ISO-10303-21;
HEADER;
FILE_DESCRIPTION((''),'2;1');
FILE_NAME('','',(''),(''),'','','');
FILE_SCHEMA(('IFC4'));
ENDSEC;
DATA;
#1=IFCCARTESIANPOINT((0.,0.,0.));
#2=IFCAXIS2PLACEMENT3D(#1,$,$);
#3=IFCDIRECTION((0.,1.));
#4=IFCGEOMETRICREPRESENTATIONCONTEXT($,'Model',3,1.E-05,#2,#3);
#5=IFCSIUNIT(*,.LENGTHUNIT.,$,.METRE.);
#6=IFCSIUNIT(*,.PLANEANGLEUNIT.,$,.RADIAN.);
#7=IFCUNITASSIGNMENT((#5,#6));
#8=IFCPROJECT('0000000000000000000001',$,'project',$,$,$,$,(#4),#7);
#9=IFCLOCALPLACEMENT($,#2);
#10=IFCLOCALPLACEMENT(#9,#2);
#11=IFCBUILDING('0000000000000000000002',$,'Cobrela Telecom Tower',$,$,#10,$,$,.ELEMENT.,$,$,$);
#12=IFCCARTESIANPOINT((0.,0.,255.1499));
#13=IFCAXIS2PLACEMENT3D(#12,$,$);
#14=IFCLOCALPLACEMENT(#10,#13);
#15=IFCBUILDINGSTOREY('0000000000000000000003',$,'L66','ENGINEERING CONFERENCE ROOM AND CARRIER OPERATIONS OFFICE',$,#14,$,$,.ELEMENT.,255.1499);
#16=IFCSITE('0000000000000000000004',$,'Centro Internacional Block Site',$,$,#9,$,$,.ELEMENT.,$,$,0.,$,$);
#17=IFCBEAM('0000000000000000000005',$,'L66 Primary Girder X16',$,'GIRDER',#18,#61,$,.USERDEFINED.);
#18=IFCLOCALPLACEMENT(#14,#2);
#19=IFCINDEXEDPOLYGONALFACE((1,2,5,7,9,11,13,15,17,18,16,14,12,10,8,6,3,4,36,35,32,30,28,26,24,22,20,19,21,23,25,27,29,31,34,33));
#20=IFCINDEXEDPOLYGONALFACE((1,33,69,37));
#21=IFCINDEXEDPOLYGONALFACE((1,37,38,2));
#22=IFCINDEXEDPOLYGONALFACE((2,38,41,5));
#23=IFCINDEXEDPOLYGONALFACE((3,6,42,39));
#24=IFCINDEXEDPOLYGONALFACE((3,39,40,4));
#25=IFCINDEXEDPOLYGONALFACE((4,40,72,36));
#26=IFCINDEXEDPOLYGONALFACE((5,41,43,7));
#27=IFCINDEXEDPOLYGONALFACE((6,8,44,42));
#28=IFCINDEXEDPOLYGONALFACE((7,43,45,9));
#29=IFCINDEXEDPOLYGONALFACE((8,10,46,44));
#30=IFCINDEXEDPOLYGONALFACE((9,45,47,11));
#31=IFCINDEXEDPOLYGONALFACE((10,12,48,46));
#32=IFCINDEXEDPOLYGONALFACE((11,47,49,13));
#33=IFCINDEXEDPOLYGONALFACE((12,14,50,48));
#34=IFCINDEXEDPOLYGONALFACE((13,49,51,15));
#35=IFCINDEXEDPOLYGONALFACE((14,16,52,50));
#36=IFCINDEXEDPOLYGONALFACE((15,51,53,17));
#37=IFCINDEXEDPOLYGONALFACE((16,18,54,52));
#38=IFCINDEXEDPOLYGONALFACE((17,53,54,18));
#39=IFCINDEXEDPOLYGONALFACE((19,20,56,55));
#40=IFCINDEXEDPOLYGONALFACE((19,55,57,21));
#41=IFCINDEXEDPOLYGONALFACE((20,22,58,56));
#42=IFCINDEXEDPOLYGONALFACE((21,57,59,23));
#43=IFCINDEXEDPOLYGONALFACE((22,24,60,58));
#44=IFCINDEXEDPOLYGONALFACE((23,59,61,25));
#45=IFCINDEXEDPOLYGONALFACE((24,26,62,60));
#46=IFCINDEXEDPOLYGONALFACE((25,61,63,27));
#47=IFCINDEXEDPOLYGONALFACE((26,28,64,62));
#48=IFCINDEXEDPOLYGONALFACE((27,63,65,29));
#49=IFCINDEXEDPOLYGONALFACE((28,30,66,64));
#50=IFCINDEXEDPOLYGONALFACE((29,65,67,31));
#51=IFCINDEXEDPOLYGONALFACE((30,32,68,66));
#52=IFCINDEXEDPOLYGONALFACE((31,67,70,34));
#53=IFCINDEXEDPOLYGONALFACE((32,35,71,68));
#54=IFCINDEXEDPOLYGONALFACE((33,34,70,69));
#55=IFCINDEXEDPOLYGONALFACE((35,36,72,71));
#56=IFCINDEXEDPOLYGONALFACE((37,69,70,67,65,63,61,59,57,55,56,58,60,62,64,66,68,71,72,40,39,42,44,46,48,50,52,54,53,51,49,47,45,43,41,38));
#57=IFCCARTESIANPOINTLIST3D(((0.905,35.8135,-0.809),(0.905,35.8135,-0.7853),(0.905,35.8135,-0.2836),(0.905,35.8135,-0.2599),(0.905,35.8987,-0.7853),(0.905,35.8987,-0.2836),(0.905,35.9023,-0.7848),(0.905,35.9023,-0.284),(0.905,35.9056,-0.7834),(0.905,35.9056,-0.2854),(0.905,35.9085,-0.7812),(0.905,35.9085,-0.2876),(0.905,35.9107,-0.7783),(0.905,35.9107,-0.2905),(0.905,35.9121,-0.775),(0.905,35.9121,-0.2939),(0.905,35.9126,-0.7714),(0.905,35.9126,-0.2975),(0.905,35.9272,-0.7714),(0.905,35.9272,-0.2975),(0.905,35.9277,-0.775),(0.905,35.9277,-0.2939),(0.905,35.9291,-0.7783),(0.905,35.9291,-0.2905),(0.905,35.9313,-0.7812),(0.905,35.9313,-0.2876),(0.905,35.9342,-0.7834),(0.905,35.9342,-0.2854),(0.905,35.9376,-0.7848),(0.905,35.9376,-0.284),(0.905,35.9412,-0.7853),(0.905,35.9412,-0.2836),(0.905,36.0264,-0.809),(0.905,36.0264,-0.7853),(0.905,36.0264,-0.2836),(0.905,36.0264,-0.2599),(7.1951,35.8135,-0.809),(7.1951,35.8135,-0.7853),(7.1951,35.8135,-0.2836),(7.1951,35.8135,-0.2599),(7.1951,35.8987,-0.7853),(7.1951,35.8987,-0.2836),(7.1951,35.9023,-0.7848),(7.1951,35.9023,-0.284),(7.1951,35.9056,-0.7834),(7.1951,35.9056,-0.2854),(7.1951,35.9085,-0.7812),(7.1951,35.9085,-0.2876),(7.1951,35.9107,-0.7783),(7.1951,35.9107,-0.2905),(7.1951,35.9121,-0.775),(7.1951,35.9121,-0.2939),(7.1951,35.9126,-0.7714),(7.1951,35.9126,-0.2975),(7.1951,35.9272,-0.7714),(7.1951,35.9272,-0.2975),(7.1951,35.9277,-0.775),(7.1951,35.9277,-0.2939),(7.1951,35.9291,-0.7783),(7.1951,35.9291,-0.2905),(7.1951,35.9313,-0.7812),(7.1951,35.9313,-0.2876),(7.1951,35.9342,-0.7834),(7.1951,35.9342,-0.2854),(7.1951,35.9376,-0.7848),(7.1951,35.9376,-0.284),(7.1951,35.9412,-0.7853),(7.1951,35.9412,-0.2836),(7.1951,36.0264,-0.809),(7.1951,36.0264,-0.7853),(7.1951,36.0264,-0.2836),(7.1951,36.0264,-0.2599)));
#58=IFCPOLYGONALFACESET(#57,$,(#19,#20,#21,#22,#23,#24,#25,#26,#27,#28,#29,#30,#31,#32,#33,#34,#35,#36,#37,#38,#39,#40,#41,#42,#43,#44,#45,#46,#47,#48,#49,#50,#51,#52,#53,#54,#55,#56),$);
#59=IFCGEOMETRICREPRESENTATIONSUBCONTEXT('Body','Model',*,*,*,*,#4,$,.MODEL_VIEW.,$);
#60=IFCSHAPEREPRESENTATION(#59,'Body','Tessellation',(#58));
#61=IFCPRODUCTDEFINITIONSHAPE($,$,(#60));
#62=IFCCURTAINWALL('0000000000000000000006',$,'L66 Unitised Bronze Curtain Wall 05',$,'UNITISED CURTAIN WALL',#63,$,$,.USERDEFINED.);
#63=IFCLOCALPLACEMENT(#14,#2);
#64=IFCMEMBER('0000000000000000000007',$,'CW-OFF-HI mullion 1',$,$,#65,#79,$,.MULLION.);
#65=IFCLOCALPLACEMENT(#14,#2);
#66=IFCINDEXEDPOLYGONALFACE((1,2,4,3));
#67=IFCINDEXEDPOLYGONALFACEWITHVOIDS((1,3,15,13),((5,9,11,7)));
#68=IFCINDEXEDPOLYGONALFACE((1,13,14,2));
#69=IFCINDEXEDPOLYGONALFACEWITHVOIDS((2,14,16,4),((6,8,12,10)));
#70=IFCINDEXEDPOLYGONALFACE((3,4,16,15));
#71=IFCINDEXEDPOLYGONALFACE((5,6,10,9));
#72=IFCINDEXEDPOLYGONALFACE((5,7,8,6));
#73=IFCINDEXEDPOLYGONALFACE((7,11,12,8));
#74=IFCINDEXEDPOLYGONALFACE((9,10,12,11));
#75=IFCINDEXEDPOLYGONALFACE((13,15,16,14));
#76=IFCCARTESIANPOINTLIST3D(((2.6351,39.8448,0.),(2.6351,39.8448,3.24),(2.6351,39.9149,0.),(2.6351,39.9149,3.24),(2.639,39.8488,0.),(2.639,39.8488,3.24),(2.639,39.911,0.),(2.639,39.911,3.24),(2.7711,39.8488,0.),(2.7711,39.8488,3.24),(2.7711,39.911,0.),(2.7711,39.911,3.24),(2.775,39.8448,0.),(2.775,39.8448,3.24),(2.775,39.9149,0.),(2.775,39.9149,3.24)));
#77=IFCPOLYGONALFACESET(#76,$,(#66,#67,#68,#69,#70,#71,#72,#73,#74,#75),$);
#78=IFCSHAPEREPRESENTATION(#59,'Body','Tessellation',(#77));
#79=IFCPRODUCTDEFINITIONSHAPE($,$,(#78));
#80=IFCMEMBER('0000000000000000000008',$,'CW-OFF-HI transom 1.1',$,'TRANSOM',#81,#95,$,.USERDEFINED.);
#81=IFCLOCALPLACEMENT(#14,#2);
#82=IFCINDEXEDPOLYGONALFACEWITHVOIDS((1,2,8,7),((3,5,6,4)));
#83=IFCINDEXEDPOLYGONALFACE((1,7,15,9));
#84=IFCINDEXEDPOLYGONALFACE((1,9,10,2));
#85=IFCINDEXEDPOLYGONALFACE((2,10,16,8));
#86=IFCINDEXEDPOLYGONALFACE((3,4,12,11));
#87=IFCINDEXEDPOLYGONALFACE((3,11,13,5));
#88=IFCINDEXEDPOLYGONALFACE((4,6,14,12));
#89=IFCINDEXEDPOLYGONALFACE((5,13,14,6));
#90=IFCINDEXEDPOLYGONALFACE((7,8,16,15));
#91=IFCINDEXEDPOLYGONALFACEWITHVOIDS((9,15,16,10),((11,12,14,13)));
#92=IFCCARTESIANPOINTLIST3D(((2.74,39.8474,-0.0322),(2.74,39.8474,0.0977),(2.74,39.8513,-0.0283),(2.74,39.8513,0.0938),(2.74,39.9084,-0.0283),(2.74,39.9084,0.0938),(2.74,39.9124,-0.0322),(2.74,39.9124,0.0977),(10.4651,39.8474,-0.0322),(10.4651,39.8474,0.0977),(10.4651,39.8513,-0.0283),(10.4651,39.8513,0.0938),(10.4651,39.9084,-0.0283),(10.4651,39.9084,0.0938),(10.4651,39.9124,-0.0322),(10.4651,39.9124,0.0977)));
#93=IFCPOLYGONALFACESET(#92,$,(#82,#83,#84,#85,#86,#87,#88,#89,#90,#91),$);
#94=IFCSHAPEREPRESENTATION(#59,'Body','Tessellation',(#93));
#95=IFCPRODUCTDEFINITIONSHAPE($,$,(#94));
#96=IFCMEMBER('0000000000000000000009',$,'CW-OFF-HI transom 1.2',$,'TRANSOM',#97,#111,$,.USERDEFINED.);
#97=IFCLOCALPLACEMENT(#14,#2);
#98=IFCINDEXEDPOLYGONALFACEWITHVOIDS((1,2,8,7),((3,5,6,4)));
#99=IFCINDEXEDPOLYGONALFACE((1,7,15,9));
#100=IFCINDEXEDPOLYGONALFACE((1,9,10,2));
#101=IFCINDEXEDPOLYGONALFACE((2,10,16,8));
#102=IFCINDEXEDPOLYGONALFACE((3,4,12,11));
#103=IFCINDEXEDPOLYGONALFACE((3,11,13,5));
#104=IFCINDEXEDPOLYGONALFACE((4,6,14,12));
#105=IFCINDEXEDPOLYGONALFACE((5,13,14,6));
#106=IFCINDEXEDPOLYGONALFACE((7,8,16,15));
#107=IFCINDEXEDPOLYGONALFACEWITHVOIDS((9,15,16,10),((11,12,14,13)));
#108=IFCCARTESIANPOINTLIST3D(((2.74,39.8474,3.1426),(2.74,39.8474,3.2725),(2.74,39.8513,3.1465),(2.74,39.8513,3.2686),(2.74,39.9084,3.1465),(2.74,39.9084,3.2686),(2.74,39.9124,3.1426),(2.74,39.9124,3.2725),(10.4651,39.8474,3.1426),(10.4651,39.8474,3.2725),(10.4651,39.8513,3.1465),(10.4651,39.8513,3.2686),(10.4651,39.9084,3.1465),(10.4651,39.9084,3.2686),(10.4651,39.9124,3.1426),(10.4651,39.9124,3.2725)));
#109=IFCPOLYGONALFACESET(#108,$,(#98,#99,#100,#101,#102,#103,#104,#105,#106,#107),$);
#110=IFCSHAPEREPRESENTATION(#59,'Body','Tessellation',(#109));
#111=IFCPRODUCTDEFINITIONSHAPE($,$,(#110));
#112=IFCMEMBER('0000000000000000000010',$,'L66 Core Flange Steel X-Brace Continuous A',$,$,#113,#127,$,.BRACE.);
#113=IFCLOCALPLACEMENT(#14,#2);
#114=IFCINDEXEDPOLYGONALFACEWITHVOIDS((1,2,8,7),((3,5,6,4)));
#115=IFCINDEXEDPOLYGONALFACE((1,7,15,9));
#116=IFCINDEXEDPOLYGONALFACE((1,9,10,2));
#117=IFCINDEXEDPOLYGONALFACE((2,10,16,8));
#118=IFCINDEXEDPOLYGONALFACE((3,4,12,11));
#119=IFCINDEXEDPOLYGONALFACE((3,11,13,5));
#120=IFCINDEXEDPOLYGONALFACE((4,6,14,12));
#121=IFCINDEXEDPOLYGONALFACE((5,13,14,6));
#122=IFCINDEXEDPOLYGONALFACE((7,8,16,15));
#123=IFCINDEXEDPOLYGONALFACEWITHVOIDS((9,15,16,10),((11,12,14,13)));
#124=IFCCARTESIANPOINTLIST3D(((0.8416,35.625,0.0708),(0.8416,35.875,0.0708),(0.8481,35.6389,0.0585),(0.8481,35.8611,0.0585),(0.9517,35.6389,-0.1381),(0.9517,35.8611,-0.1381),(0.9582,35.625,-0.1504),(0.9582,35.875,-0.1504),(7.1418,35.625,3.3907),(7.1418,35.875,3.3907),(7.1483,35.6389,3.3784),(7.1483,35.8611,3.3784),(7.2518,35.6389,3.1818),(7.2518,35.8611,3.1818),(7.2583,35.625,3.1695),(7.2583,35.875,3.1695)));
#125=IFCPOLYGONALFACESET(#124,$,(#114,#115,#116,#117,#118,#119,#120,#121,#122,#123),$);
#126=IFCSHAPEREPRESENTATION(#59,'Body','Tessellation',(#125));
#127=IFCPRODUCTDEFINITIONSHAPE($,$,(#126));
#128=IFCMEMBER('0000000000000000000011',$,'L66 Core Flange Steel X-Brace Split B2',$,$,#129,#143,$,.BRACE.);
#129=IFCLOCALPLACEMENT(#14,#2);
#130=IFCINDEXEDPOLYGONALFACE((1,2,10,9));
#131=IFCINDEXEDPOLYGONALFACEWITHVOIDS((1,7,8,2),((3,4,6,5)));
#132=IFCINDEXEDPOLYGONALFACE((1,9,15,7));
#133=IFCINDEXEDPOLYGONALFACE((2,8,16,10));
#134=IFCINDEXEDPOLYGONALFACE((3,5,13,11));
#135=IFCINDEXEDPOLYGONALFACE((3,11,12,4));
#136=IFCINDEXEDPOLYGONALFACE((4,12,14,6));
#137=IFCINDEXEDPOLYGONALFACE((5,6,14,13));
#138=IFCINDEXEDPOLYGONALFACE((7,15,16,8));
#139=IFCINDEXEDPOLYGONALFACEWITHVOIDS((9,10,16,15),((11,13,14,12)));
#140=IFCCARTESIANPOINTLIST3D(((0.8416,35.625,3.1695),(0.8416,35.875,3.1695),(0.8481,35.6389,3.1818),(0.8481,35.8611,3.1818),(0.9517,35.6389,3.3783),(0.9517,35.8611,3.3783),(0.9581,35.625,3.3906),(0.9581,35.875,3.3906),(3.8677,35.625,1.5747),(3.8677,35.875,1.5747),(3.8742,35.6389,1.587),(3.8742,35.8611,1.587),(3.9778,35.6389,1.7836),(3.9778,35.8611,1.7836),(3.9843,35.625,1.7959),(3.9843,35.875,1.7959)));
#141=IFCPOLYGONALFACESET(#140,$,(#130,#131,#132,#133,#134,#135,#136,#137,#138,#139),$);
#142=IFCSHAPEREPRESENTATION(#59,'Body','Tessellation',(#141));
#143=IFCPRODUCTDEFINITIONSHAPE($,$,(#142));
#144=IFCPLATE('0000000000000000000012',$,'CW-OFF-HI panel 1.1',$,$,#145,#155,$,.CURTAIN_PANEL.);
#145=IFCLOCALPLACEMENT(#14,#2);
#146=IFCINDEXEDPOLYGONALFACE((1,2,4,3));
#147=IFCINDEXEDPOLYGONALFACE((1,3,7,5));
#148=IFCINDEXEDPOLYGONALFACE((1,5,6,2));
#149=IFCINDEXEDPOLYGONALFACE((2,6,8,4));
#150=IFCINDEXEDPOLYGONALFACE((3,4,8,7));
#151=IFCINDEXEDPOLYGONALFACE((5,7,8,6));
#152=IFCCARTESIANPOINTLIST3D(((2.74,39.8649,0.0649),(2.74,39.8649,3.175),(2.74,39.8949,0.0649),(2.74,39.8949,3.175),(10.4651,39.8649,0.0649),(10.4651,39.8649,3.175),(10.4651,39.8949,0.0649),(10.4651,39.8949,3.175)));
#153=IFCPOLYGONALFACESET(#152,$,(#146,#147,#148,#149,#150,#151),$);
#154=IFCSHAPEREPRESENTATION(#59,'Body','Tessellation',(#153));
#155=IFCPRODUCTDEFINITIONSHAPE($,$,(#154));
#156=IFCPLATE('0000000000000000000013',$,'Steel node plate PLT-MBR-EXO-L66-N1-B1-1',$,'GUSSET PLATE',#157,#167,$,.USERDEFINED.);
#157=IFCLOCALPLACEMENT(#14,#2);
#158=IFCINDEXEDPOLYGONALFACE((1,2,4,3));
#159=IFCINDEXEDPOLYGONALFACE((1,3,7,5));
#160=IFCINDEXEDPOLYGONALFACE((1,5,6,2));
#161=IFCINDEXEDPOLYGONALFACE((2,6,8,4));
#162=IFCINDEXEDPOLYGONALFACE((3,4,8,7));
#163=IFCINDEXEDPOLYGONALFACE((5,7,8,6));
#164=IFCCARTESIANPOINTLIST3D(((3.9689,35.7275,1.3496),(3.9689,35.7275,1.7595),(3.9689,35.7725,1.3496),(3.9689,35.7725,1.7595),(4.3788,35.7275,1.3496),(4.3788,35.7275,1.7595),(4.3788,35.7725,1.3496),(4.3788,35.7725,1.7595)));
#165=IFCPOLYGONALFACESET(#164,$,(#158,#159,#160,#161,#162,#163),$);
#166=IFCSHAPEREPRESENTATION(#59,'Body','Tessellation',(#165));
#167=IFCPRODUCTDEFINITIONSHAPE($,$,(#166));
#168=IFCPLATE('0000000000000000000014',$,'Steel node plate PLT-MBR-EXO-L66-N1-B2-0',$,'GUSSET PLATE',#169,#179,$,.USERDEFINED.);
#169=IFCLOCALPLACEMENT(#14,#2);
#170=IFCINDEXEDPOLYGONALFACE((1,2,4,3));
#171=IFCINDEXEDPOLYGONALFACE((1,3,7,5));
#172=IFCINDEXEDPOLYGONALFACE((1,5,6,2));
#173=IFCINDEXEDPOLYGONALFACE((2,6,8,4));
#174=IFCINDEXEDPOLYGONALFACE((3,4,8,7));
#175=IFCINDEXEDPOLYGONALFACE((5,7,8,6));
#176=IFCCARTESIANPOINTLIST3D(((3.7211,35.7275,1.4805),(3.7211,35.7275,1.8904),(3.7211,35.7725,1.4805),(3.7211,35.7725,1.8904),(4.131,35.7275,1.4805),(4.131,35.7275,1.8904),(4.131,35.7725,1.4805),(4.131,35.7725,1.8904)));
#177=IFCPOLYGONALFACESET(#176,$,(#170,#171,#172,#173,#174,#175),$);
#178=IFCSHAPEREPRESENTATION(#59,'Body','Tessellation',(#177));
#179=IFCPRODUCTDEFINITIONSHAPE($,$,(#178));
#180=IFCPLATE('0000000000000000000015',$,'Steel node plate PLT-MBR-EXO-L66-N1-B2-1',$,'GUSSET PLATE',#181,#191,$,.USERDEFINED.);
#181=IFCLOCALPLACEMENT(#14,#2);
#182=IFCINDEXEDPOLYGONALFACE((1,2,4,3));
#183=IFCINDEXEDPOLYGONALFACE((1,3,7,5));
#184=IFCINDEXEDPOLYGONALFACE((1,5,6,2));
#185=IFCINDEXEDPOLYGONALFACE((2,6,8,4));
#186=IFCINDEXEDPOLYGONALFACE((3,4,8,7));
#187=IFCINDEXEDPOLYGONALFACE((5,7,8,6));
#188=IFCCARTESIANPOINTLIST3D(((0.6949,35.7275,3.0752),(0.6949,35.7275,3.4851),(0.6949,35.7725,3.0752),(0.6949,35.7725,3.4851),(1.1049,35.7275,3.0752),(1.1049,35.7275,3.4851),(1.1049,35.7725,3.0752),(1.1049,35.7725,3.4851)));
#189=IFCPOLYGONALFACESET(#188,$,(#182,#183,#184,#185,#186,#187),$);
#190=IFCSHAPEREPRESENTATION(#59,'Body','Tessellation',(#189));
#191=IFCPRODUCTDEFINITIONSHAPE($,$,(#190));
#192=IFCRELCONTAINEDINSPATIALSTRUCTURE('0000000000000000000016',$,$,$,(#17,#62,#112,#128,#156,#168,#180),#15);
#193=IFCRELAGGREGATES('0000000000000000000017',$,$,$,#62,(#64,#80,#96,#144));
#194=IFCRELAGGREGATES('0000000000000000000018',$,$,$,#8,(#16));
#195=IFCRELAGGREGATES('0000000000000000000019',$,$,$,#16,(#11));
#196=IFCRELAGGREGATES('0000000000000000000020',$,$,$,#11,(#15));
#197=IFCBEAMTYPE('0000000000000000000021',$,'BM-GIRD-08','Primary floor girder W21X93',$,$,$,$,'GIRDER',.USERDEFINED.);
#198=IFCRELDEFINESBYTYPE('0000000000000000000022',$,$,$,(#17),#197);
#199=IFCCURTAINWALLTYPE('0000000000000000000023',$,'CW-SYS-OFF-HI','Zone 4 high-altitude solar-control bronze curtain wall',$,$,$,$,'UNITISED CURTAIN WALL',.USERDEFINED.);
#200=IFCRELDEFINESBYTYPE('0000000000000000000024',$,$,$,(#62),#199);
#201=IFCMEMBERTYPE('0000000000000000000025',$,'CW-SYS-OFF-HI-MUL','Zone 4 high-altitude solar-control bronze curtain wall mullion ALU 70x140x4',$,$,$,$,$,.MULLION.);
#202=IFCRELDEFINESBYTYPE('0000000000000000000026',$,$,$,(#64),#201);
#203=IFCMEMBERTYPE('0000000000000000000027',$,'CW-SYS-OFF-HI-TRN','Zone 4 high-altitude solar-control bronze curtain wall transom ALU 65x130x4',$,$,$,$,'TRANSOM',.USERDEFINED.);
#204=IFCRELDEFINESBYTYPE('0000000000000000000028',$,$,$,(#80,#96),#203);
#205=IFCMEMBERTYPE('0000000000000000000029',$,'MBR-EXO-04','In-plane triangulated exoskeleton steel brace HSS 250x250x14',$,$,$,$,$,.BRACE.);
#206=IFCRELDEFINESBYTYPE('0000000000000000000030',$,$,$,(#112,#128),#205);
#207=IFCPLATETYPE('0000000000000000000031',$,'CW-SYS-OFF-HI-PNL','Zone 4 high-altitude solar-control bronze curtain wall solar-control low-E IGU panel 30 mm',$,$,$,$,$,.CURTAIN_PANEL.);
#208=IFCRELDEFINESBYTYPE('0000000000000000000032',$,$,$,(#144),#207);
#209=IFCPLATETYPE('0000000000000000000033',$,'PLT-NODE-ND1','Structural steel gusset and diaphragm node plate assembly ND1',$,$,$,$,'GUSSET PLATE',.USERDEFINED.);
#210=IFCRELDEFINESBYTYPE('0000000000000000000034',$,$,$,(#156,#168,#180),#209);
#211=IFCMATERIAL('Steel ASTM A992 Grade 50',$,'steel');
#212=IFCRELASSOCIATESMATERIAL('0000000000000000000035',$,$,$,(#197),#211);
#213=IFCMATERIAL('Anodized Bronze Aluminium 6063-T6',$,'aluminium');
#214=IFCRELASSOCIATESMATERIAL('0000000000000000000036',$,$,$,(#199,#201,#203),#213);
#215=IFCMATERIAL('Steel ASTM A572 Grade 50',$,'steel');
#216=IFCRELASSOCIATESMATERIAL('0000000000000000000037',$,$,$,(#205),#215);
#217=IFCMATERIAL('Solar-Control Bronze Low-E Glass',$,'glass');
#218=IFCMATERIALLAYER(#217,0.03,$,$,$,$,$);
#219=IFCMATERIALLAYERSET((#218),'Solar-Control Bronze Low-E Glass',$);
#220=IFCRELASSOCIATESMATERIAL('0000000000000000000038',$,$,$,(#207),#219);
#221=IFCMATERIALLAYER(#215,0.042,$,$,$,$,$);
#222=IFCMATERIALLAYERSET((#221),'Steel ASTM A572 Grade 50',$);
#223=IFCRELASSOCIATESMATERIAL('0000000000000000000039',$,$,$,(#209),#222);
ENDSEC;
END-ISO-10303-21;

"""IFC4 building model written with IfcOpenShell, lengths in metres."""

from ifc_helpers import new_model, si_unit, direction, frame, origin, origin_2d, place, context, subcontext, project, spatial, rectangle, hollow_rectangle, i_section, extrude, material, layer, layer_set, material_profile, profile_set, type_object, element, aggregate, save


model = new_model("IFC4")

# Units and contexts
model_context = context("Model", 3, precision=1e-05, world=origin(), true_north=direction((0.0, 1.0)))
body_context = subcontext(model_context, "Body", "Model", "MODEL_VIEW")
ifc_project = project(units=[si_unit("LENGTHUNIT", "METRE"), si_unit("PLANEANGLEUNIT", "RADIAN")], contexts=[model_context])

# Site, building, storey
site_placement = place(None, origin())
site = spatial("IfcSite", under=ifc_project, at=site_placement, Name="Centro Internacional Block Site", CompositionType="ELEMENT", RefElevation=0.0)
building_placement = place(site_placement, origin())
building = spatial("IfcBuilding", under=site, at=building_placement, Name="Cobrela Telecom Tower", CompositionType="ELEMENT")
storey_placement = place(building_placement, frame((0.0, 0.0, 255.1499)))
storey = spatial("IfcBuildingStorey", under=building, at=storey_placement, Name="L66", Description="ENGINEERING CONFERENCE ROOM AND CARRIER OPERATIONS OFFICE", CompositionType="ELEMENT", Elevation=255.1499)

# Beam
ifc_material_1 = material(Name="Steel ASTM A992 Grade 50", Category="steel")
ifc_material_profile_1 = material_profile(ifc_material_1, i_section(OverallWidth=0.2129, OverallDepth=0.5491, WebThickness=0.0146, FlangeThickness=0.0237, FilletRadius=0.0139, at=origin_2d()), Name="W21X93")
ifc_profile_set_1 = profile_set([ifc_material_profile_1], Name="Steel ASTM A992 Grade 50")
beam_type = type_object("IfcBeamType", Name="BM-GIRD-08", Description="Primary floor girder W21X93", ElementType="GIRDER", PredefinedType="USERDEFINED", material=ifc_profile_set_1)
beam_placement = place(storey_placement, frame((0.905, 35.9199, -0.5344), z_axis=(1.0, 0.0, 0.0), x_axis=(0.0, 1.0, 0.0)))
element("IfcBeam", 1, at=beam_placement, inside=storey, type_object=beam_type, Name="L66 Primary Girder X16", ObjectType="GIRDER", PredefinedType="USERDEFINED", context=body_context, shape_type="SweptSolid", body=[
    extrude(i_section(OverallWidth=0.2129, OverallDepth=0.5491, WebThickness=0.0146, FlangeThickness=0.0237, FilletRadius=0.0139, at=origin_2d()), origin(), (0.0, 0.0, 1.0), 6.29),
])

# Curtain wall, members
ifc_material_2 = material(Name="Anodized Bronze Aluminium 6063-T6", Category="aluminium")
curtain_wall_type = type_object("IfcCurtainWallType", Name="CW-SYS-OFF-HI", Description="Zone 4 high-altitude solar-control bronze curtain wall", ElementType="UNITISED CURTAIN WALL", PredefinedType="USERDEFINED", material=ifc_material_2)
curtain_wall_placement = place(storey_placement, origin())
curtain_wall = element("IfcCurtainWall", 2, at=curtain_wall_placement, inside=storey, type_object=curtain_wall_type, Name="L66 Unitised Bronze Curtain Wall 05", ObjectType="UNITISED CURTAIN WALL", PredefinedType="USERDEFINED")
ifc_material_profile_2 = material_profile(ifc_material_2, hollow_rectangle(XDim=0.0701, YDim=0.1399, WallThickness=0.0039, at=origin_2d()), Name="ALU 70x140x4")
ifc_profile_set_2 = profile_set([ifc_material_profile_2], Name="Anodized Bronze Aluminium 6063-T6")
member_type_1 = type_object("IfcMemberType", Name="CW-SYS-OFF-HI-MUL", Description="Zone 4 high-altitude solar-control bronze curtain wall mullion ALU 70x140x4", PredefinedType="MULLION", material=ifc_profile_set_2)
member_1_placement = place(storey_placement, frame((2.7051, 39.8799, 0.0), z_axis=(0.0, 0.0, 1.0), x_axis=(0.0, 1.0, 0.0)))
member_1 = element("IfcMember", 3, at=member_1_placement, type_object=member_type_1, Name="CW-OFF-HI mullion 1", PredefinedType="MULLION", context=body_context, shape_type="SweptSolid", body=[
    extrude(hollow_rectangle(XDim=0.0701, YDim=0.1399, WallThickness=0.0039, at=origin_2d()), origin(), (0.0, 0.0, 1.0), 3.24),
])
ifc_material_profile_3 = material_profile(ifc_material_2, hollow_rectangle(XDim=0.0649, YDim=0.1299, WallThickness=0.0039, at=origin_2d()), Name="ALU 65x130x4")
ifc_profile_set_3 = profile_set([ifc_material_profile_3], Name="Anodized Bronze Aluminium 6063-T6")
member_type_2 = type_object("IfcMemberType", Name="CW-SYS-OFF-HI-TRN", Description="Zone 4 high-altitude solar-control bronze curtain wall transom ALU 65x130x4", ElementType="TRANSOM", PredefinedType="USERDEFINED", material=ifc_profile_set_3)
member_2_placement = place(storey_placement, frame((2.74, 39.8799, 0.0327), z_axis=(1.0, 0.0, 0.0), x_axis=(0.0, 1.0, 0.0)))
member_2 = element("IfcMember", 4, at=member_2_placement, type_object=member_type_2, Name="CW-OFF-HI transom 1.1", ObjectType="TRANSOM", PredefinedType="USERDEFINED", context=body_context, shape_type="SweptSolid", body=[
    extrude(hollow_rectangle(XDim=0.0649, YDim=0.1299, WallThickness=0.0039, at=origin_2d()), origin(), (0.0, 0.0, 1.0), 7.7251),
])
member_3_placement = place(storey_placement, frame((2.74, 39.8799, 3.2075), z_axis=(1.0, 0.0, 0.0), x_axis=(0.0, 1.0, 0.0)))
member_3 = element("IfcMember", 5, at=member_3_placement, type_object=member_type_2, Name="CW-OFF-HI transom 1.2", ObjectType="TRANSOM", PredefinedType="USERDEFINED", context=body_context, shape_type="SweptSolid", body=[
    extrude(hollow_rectangle(XDim=0.0649, YDim=0.1299, WallThickness=0.0039, at=origin_2d()), origin(), (0.0, 0.0, 1.0), 7.7251),
])

# Members
ifc_material_3 = material(Name="Steel ASTM A572 Grade 50", Category="steel")
ifc_material_profile_4 = material_profile(ifc_material_3, hollow_rectangle(XDim=0.25, YDim=0.25, WallThickness=0.0139, at=origin_2d()), Name="HSS 250x250x14")
ifc_profile_set_4 = profile_set([ifc_material_profile_4], Name="Steel ASTM A572 Grade 50")
member_type_3 = type_object("IfcMemberType", Name="MBR-EXO-04", Description="In-plane triangulated exoskeleton steel brace HSS 250x250x14", PredefinedType="BRACE", material=ifc_profile_set_4)
member_4_placement = place(storey_placement, frame((0.8999, 35.75, -0.0398), z_axis=(0.884686, 0.0, 0.466187), x_axis=(0.0, 1.0, 0.0)))
element("IfcMember", 6, at=member_4_placement, inside=storey, type_object=member_type_3, Name="L66 Core Flange Steel X-Brace Continuous A", PredefinedType="BRACE", context=body_context, shape_type="SweptSolid", body=[
    extrude(hollow_rectangle(XDim=0.25, YDim=0.25, WallThickness=0.0139, at=origin_2d()), origin(), (0.0, 0.0, 1.0), 7.1213),
])
member_5_placement = place(storey_placement, frame((3.926, 35.75, 1.6853), z_axis=(-0.884673, 0.0, 0.466211), x_axis=(0.0, -1.0, 0.0)))
element("IfcMember", 7, at=member_5_placement, inside=storey, type_object=member_type_3, Name="L66 Core Flange Steel X-Brace Split B2", PredefinedType="BRACE", context=body_context, shape_type="SweptSolid", body=[
    extrude(hollow_rectangle(XDim=0.25, YDim=0.25, WallThickness=0.0139, at=origin_2d()), origin(), (0.0, 0.0, 1.0), 3.4207),
])

# Plate
ifc_material_4 = material(Name="Solar-Control Bronze Low-E Glass", Category="glass")
ifc_layer_1 = layer(ifc_material_4, 0.03)
ifc_layer_set_1 = layer_set([ifc_layer_1], Name="Solar-Control Bronze Low-E Glass")
plate_type_1 = type_object("IfcPlateType", Name="CW-SYS-OFF-HI-PNL", Description="Zone 4 high-altitude solar-control bronze curtain wall solar-control low-E IGU panel 30 mm", PredefinedType="CURTAIN_PANEL", material=ifc_layer_set_1)
plate_1_placement = place(storey_placement, frame((6.6025, 39.8799, 0.0649), z_axis=(0.0, 0.0, 1.0), x_axis=(1.0, 0.0, 0.0)))
plate_1 = element("IfcPlate", 8, at=plate_1_placement, type_object=plate_type_1, Name="CW-OFF-HI panel 1.1", PredefinedType="CURTAIN_PANEL", context=body_context, shape_type="SweptSolid", body=[
    extrude(rectangle(XDim=7.7251, YDim=0.03, at=origin_2d()), origin(), (0.0, 0.0, 1.0), 3.1101),
])
aggregate(curtain_wall, [member_1, member_2, member_3, plate_1])

# Plates
ifc_layer_2 = layer(ifc_material_3, 0.042)
ifc_layer_set_2 = layer_set([ifc_layer_2], Name="Steel ASTM A572 Grade 50")
plate_type_2 = type_object("IfcPlateType", Name="PLT-NODE-ND1", Description="Structural steel gusset and diaphragm node plate assembly ND1", ElementType="GUSSET PLATE", PredefinedType="USERDEFINED", material=ifc_layer_set_2)
for number, where, z_axis, x_axis, name in (
    (9, (4.1738, 35.75, 1.3496), (0.0, 0.0, 1.0), (-1.0, 0.0, 0.0), "Steel node plate PLT-MBR-EXO-L66-N1-B1-1"),
    (10, (3.926, 35.75, 1.4805), (0.0, 0.0, 1.0), (-1.0, 0.0, 0.0), "Steel node plate PLT-MBR-EXO-L66-N1-B2-0"),
    (11, (0.8999, 35.75, 3.0752), (0.0, 0.0, 1.0), (-1.0, 0.0, 0.0), "Steel node plate PLT-MBR-EXO-L66-N1-B2-1"),
):
    element("IfcPlate", number, at=place(storey_placement, frame(where, z_axis=z_axis, x_axis=x_axis)), inside=storey, type_object=plate_type_2, Name=name, ObjectType="GUSSET PLATE", PredefinedType="USERDEFINED", context=body_context, shape_type="SweptSolid", body=[
        extrude(rectangle(XDim=0.4099, YDim=0.0449, at=origin_2d()), origin(), (0.0, 0.0, 1.0), 0.4099),
    ])

save(model, "model.ifc")
